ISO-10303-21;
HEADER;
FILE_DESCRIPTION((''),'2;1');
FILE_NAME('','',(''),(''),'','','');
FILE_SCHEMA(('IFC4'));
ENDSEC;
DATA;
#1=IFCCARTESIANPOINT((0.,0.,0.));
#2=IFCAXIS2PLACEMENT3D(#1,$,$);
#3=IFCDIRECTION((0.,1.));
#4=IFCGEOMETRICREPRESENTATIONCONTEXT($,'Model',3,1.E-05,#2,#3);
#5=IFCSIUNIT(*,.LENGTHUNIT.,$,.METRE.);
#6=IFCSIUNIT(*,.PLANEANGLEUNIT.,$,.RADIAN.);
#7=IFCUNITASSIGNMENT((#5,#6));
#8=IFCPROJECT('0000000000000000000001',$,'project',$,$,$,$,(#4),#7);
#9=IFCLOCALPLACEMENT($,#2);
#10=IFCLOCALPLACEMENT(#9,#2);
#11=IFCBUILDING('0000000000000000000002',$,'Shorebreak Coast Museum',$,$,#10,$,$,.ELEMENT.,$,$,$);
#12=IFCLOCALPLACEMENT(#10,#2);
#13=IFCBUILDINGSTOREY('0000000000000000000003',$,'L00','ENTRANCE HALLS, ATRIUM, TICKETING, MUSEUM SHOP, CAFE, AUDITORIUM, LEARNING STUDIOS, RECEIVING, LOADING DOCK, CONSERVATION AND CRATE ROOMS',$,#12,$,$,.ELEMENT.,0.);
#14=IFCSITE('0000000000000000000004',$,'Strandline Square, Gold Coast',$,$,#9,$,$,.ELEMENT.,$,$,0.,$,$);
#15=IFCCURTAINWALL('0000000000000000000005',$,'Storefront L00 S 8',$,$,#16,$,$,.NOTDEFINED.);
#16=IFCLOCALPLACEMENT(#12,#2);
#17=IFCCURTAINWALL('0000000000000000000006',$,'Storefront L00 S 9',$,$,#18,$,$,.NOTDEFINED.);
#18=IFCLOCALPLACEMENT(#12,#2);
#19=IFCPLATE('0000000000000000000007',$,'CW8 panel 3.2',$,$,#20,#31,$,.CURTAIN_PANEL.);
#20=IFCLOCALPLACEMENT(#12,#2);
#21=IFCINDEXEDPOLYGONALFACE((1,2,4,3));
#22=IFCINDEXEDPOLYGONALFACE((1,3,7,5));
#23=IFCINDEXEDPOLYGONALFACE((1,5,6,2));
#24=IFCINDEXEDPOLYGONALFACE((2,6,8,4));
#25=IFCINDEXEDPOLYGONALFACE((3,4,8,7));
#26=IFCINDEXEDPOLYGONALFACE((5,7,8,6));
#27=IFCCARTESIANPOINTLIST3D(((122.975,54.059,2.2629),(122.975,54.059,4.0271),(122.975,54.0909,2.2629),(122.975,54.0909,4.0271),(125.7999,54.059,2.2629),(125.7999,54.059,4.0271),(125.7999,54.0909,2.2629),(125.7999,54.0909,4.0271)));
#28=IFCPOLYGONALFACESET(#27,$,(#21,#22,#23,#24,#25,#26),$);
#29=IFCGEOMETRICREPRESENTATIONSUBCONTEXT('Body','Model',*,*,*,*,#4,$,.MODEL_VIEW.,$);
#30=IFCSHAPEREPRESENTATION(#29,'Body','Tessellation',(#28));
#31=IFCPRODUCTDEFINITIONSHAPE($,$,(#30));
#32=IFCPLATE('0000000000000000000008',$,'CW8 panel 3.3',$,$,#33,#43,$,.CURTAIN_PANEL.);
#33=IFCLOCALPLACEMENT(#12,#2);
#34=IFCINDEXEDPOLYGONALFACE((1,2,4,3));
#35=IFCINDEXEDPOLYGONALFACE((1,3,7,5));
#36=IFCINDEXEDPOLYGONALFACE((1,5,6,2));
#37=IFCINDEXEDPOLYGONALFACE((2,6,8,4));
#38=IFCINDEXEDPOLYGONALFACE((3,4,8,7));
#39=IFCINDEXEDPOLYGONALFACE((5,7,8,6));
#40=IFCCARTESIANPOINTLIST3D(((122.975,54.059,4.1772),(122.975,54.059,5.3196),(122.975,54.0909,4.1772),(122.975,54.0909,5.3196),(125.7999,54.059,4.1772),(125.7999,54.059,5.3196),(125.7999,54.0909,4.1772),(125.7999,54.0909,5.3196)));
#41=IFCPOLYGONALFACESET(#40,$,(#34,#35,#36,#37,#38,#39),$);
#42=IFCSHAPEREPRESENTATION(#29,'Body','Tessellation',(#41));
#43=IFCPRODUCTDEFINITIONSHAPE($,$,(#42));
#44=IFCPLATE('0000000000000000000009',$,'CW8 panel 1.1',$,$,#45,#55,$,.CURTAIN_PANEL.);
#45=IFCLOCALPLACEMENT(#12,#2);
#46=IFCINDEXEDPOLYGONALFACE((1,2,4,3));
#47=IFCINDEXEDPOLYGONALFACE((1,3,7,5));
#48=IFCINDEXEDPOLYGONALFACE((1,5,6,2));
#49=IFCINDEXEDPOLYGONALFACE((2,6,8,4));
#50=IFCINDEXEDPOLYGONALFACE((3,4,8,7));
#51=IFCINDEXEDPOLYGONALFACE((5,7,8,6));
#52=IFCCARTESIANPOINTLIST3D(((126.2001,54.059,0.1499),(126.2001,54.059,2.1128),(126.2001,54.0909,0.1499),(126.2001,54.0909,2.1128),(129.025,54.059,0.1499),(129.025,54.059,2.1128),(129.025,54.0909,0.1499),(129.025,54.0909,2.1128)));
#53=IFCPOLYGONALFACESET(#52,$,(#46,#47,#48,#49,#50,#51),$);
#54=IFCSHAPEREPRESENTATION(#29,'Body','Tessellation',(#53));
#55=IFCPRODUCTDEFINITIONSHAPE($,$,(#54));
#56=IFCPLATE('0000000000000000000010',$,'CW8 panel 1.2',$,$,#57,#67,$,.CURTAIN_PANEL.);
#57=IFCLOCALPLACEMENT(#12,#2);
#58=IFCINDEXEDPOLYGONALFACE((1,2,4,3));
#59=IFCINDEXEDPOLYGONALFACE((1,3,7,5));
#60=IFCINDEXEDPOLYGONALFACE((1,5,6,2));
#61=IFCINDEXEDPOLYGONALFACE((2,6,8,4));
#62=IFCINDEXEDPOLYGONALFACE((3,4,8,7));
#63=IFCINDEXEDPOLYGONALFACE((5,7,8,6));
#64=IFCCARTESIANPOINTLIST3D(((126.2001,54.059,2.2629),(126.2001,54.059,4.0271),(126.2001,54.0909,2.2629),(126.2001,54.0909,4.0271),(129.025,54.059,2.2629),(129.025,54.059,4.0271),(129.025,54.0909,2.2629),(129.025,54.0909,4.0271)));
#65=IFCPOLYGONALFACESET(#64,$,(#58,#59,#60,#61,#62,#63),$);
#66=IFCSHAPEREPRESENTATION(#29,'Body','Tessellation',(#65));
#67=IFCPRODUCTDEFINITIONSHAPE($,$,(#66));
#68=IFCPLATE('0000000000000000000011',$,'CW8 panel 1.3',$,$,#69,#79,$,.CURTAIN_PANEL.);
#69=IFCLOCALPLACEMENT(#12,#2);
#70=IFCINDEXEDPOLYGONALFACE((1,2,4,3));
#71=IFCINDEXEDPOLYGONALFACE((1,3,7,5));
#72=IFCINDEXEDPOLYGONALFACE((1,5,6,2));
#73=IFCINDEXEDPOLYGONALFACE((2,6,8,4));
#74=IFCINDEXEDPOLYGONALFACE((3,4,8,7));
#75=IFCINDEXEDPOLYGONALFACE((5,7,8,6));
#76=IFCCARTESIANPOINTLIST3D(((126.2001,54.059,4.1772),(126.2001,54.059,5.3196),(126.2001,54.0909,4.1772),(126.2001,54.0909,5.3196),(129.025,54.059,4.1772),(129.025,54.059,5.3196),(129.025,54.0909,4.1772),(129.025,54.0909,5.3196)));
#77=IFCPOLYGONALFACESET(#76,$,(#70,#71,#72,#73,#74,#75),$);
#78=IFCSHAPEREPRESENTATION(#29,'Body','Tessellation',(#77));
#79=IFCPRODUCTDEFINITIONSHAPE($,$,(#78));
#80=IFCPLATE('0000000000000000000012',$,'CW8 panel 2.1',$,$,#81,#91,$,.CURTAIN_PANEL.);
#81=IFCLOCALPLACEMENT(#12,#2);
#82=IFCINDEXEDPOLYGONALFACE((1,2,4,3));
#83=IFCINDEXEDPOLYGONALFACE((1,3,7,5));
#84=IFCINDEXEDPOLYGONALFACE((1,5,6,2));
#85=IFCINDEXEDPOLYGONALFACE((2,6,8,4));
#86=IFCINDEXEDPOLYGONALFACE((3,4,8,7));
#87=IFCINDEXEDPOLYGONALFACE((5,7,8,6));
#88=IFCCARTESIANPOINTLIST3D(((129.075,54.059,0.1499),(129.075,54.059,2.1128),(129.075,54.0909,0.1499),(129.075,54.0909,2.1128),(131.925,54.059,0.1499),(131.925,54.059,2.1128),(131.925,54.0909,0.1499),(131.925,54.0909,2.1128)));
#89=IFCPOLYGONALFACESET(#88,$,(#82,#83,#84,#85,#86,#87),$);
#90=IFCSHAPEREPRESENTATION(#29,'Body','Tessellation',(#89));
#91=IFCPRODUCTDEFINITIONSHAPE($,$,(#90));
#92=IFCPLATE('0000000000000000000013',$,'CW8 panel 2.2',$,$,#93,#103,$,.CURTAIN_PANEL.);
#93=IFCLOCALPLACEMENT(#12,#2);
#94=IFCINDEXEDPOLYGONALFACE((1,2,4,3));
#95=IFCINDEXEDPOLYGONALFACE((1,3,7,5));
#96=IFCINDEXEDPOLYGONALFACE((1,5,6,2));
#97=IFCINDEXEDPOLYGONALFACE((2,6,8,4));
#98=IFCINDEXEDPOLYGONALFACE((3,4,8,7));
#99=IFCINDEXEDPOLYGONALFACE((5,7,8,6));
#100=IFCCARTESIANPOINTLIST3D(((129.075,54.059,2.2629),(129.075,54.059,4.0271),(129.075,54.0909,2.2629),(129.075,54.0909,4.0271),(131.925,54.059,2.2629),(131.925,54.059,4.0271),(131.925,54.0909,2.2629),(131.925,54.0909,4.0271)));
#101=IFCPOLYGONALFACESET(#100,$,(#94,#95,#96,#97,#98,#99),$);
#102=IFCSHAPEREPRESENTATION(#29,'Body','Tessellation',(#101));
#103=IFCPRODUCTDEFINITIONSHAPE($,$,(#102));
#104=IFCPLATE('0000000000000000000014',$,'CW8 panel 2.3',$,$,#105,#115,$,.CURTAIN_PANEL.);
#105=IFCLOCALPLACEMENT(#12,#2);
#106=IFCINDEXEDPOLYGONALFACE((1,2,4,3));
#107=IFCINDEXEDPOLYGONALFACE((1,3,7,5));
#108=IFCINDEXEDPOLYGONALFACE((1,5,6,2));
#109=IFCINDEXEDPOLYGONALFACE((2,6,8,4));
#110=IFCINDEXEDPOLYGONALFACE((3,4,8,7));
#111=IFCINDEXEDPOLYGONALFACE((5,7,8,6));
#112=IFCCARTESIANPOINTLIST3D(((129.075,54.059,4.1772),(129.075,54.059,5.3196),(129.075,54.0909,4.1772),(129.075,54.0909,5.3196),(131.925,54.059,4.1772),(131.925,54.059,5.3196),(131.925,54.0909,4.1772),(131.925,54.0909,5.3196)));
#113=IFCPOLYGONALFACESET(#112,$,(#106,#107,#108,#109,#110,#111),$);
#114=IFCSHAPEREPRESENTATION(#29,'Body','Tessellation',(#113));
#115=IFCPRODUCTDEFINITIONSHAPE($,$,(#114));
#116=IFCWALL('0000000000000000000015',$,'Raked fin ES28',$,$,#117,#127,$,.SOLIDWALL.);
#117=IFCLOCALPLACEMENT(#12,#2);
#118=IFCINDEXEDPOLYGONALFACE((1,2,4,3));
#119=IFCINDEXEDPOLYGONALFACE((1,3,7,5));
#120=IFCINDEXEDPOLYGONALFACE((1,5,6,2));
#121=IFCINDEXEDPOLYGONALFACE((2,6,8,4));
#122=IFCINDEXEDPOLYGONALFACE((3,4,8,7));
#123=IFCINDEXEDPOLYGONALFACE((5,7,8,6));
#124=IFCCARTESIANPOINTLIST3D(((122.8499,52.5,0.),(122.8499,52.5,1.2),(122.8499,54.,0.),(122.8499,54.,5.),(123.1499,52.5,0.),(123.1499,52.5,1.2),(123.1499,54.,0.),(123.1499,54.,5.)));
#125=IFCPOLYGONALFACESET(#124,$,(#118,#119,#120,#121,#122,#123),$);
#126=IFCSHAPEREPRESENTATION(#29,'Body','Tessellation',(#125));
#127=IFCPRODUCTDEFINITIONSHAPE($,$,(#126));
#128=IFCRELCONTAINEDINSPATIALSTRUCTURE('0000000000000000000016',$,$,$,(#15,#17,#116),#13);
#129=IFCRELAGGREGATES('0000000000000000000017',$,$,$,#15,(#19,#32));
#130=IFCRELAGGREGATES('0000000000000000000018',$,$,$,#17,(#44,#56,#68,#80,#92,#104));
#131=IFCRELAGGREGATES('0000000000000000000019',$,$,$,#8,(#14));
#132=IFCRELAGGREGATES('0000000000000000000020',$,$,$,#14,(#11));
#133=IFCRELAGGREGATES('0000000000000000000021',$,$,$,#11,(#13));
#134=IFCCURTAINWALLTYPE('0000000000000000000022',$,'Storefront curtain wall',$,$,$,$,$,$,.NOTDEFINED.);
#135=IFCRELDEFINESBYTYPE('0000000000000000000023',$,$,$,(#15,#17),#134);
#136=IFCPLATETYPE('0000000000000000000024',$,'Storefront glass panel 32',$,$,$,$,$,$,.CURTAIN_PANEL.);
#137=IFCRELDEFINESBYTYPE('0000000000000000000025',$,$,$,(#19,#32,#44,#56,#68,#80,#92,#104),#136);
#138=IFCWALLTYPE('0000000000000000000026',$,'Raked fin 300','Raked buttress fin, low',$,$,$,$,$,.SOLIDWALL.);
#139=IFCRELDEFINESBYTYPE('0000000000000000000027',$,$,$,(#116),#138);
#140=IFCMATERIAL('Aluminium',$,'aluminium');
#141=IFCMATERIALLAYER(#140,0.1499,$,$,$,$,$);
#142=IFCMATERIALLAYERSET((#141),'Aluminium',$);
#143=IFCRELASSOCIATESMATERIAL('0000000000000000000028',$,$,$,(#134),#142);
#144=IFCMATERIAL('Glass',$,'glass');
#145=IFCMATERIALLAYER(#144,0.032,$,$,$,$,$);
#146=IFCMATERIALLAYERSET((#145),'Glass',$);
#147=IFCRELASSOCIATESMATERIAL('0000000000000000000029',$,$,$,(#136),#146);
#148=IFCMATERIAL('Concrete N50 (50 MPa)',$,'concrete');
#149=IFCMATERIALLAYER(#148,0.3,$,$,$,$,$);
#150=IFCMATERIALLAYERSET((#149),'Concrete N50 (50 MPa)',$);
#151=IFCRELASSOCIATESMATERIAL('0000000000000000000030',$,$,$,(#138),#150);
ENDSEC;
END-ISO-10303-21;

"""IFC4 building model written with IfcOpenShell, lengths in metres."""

from ifc_helpers import new_model, si_unit, direction, frame, origin, origin_2d, place, context, subcontext, project, spatial, polyline, rectangle, outline, extrude, material, layer, layer_set, type_object, element, aggregate, save


model = new_model("IFC4")

# Units and contexts
model_context = context("Model", 3, precision=1e-05, world=origin(), true_north=direction((0.0, 1.0)))
body_context = subcontext(model_context, "Body", "Model", "MODEL_VIEW")
ifc_project = project(units=[si_unit("LENGTHUNIT", "METRE"), si_unit("PLANEANGLEUNIT", "RADIAN")], contexts=[model_context])

# Site, building, storey
site_placement = place(None, origin())
site = spatial("IfcSite", under=ifc_project, at=site_placement, Name="Strandline Square, Gold Coast", CompositionType="ELEMENT", RefElevation=0.0)
building_placement = place(site_placement, origin())
building = spatial("IfcBuilding", under=site, at=building_placement, Name="Shorebreak Coast Museum", CompositionType="ELEMENT")
storey_placement = place(building_placement, origin())
storey = spatial("IfcBuildingStorey", under=building, at=storey_placement, Name="L00", Description="ENTRANCE HALLS, ATRIUM, TICKETING, MUSEUM SHOP, CAFE, AUDITORIUM, LEARNING STUDIOS, RECEIVING, LOADING DOCK, CONSERVATION AND CRATE ROOMS", CompositionType="ELEMENT", Elevation=0.0)

# Curtain wall
ifc_material_1 = material(Name="Aluminium", Category="aluminium")
ifc_layer_1 = layer(ifc_material_1, 0.1499)
ifc_layer_set_1 = layer_set([ifc_layer_1], Name="Aluminium")
curtain_wall_type = type_object("IfcCurtainWallType", Name="Storefront curtain wall", PredefinedType="NOTDEFINED", material=ifc_layer_set_1)
curtain_wall_1_placement = place(storey_placement, origin())
curtain_wall_1 = element("IfcCurtainWall", 1, at=curtain_wall_1_placement, inside=storey, type_object=curtain_wall_type, Name="Storefront L00 S 8", PredefinedType="NOTDEFINED")

# Curtain wall
curtain_wall_2_placement = place(storey_placement, origin())
curtain_wall_2 = element("IfcCurtainWall", 2, at=curtain_wall_2_placement, inside=storey, type_object=curtain_wall_type, Name="Storefront L00 S 9", PredefinedType="NOTDEFINED")

# Plates
ifc_material_2 = material(Name="Glass", Category="glass")
ifc_layer_2 = layer(ifc_material_2, 0.032)
ifc_layer_set_2 = layer_set([ifc_layer_2], Name="Glass")
plate_type = type_object("IfcPlateType", Name="Storefront glass panel 32", PredefinedType="CURTAIN_PANEL", material=ifc_layer_set_2)
plate_1_placement = place(storey_placement, frame((124.3875, 54.075, 2.2629), z_axis=(0.0, 0.0, 1.0), x_axis=(1.0, 0.0, 0.0)))
plate_1 = element("IfcPlate", 3, at=plate_1_placement, type_object=plate_type, Name="CW8 panel 3.2", PredefinedType="CURTAIN_PANEL", context=body_context, shape_type="SweptSolid", body=[
    extrude(rectangle(XDim=2.825, YDim=0.032, at=origin_2d()), origin(), (0.0, 0.0, 1.0), 1.7642),
])
plate_2_placement = place(storey_placement, frame((124.3875, 54.075, 4.1772), z_axis=(0.0, 0.0, 1.0), x_axis=(1.0, 0.0, 0.0)))
plate_2 = element("IfcPlate", 4, at=plate_2_placement, type_object=plate_type, Name="CW8 panel 3.3", PredefinedType="CURTAIN_PANEL", context=body_context, shape_type="SweptSolid", body=[
    extrude(rectangle(XDim=2.825, YDim=0.032, at=origin_2d()), origin(), (0.0, 0.0, 1.0), 1.1423),
])
aggregate(curtain_wall_1, [plate_1, plate_2])
plate_3_placement = place(storey_placement, frame((127.6125, 54.075, 0.1499), z_axis=(0.0, 0.0, 1.0), x_axis=(1.0, 0.0, 0.0)))
plate_3 = element("IfcPlate", 5, at=plate_3_placement, type_object=plate_type, Name="CW8 panel 1.1", PredefinedType="CURTAIN_PANEL", context=body_context, shape_type="SweptSolid", body=[
    extrude(rectangle(XDim=2.825, YDim=0.032, at=origin_2d()), origin(), (0.0, 0.0, 1.0), 1.9629),
])
plate_4_placement = place(storey_placement, frame((127.6125, 54.075, 2.2629), z_axis=(0.0, 0.0, 1.0), x_axis=(1.0, 0.0, 0.0)))
plate_4 = element("IfcPlate", 6, at=plate_4_placement, type_object=plate_type, Name="CW8 panel 1.2", PredefinedType="CURTAIN_PANEL", context=body_context, shape_type="SweptSolid", body=[
    extrude(rectangle(XDim=2.825, YDim=0.032, at=origin_2d()), origin(), (0.0, 0.0, 1.0), 1.7642),
])
plate_5_placement = place(storey_placement, frame((127.6125, 54.075, 4.1772), z_axis=(0.0, 0.0, 1.0), x_axis=(1.0, 0.0, 0.0)))
plate_5 = element("IfcPlate", 7, at=plate_5_placement, type_object=plate_type, Name="CW8 panel 1.3", PredefinedType="CURTAIN_PANEL", context=body_context, shape_type="SweptSolid", body=[
    extrude(rectangle(XDim=2.825, YDim=0.032, at=origin_2d()), origin(), (0.0, 0.0, 1.0), 1.1423),
])
plate_6_placement = place(storey_placement, frame((130.5, 54.075, 0.1499), z_axis=(0.0, 0.0, 1.0), x_axis=(1.0, 0.0, 0.0)))
plate_6 = element("IfcPlate", 8, at=plate_6_placement, type_object=plate_type, Name="CW8 panel 2.1", PredefinedType="CURTAIN_PANEL", context=body_context, shape_type="SweptSolid", body=[
    extrude(rectangle(XDim=2.8501, YDim=0.032, at=origin_2d()), origin(), (0.0, 0.0, 1.0), 1.9629),
])
plate_7_placement = place(storey_placement, frame((130.5, 54.075, 2.2629), z_axis=(0.0, 0.0, 1.0), x_axis=(1.0, 0.0, 0.0)))
plate_7 = element("IfcPlate", 9, at=plate_7_placement, type_object=plate_type, Name="CW8 panel 2.2", PredefinedType="CURTAIN_PANEL", context=body_context, shape_type="SweptSolid", body=[
    extrude(rectangle(XDim=2.8501, YDim=0.032, at=origin_2d()), origin(), (0.0, 0.0, 1.0), 1.7642),
])
plate_8_placement = place(storey_placement, frame((130.5, 54.075, 4.1772), z_axis=(0.0, 0.0, 1.0), x_axis=(1.0, 0.0, 0.0)))
plate_8 = element("IfcPlate", 10, at=plate_8_placement, type_object=plate_type, Name="CW8 panel 2.3", PredefinedType="CURTAIN_PANEL", context=body_context, shape_type="SweptSolid", body=[
    extrude(rectangle(XDim=2.8501, YDim=0.032, at=origin_2d()), origin(), (0.0, 0.0, 1.0), 1.1423),
])
aggregate(curtain_wall_2, [plate_3, plate_4, plate_5, plate_6, plate_7, plate_8])

# Wall
ifc_material_3 = material(Name="Concrete N50 (50 MPa)", Category="concrete")
ifc_layer_3 = layer(ifc_material_3, 0.3)
ifc_layer_set_3 = layer_set([ifc_layer_3], Name="Concrete N50 (50 MPa)")
wall_type = type_object("IfcWallType", Name="Raked fin 300", Description="Raked buttress fin, low", PredefinedType="SOLIDWALL", material=ifc_layer_set_3)
wall_placement = place(storey_placement, frame((123.0, 54.0, 0.0), z_axis=(0.0, 0.0, 1.0), x_axis=(0.0, -1.0, 0.0)))
element("IfcWall", 11, at=wall_placement, inside=storey, type_object=wall_type, Name="Raked fin ES28", PredefinedType="SOLIDWALL", context=body_context, shape_type="SweptSolid", body=[
    extrude(outline(polyline([(0.0, 0.0), (1.5, 0.0), (1.5, 1.2), (0.0, 5.0), (0.0, 0.0)])), frame((0.0, 0.1499, 0.0), z_axis=(0.0, -1.0, 0.0), x_axis=(1.0, 0.0, 0.0)), (0.0, 0.0, 1.0), 0.3),
])

save(model, "model.ifc")
